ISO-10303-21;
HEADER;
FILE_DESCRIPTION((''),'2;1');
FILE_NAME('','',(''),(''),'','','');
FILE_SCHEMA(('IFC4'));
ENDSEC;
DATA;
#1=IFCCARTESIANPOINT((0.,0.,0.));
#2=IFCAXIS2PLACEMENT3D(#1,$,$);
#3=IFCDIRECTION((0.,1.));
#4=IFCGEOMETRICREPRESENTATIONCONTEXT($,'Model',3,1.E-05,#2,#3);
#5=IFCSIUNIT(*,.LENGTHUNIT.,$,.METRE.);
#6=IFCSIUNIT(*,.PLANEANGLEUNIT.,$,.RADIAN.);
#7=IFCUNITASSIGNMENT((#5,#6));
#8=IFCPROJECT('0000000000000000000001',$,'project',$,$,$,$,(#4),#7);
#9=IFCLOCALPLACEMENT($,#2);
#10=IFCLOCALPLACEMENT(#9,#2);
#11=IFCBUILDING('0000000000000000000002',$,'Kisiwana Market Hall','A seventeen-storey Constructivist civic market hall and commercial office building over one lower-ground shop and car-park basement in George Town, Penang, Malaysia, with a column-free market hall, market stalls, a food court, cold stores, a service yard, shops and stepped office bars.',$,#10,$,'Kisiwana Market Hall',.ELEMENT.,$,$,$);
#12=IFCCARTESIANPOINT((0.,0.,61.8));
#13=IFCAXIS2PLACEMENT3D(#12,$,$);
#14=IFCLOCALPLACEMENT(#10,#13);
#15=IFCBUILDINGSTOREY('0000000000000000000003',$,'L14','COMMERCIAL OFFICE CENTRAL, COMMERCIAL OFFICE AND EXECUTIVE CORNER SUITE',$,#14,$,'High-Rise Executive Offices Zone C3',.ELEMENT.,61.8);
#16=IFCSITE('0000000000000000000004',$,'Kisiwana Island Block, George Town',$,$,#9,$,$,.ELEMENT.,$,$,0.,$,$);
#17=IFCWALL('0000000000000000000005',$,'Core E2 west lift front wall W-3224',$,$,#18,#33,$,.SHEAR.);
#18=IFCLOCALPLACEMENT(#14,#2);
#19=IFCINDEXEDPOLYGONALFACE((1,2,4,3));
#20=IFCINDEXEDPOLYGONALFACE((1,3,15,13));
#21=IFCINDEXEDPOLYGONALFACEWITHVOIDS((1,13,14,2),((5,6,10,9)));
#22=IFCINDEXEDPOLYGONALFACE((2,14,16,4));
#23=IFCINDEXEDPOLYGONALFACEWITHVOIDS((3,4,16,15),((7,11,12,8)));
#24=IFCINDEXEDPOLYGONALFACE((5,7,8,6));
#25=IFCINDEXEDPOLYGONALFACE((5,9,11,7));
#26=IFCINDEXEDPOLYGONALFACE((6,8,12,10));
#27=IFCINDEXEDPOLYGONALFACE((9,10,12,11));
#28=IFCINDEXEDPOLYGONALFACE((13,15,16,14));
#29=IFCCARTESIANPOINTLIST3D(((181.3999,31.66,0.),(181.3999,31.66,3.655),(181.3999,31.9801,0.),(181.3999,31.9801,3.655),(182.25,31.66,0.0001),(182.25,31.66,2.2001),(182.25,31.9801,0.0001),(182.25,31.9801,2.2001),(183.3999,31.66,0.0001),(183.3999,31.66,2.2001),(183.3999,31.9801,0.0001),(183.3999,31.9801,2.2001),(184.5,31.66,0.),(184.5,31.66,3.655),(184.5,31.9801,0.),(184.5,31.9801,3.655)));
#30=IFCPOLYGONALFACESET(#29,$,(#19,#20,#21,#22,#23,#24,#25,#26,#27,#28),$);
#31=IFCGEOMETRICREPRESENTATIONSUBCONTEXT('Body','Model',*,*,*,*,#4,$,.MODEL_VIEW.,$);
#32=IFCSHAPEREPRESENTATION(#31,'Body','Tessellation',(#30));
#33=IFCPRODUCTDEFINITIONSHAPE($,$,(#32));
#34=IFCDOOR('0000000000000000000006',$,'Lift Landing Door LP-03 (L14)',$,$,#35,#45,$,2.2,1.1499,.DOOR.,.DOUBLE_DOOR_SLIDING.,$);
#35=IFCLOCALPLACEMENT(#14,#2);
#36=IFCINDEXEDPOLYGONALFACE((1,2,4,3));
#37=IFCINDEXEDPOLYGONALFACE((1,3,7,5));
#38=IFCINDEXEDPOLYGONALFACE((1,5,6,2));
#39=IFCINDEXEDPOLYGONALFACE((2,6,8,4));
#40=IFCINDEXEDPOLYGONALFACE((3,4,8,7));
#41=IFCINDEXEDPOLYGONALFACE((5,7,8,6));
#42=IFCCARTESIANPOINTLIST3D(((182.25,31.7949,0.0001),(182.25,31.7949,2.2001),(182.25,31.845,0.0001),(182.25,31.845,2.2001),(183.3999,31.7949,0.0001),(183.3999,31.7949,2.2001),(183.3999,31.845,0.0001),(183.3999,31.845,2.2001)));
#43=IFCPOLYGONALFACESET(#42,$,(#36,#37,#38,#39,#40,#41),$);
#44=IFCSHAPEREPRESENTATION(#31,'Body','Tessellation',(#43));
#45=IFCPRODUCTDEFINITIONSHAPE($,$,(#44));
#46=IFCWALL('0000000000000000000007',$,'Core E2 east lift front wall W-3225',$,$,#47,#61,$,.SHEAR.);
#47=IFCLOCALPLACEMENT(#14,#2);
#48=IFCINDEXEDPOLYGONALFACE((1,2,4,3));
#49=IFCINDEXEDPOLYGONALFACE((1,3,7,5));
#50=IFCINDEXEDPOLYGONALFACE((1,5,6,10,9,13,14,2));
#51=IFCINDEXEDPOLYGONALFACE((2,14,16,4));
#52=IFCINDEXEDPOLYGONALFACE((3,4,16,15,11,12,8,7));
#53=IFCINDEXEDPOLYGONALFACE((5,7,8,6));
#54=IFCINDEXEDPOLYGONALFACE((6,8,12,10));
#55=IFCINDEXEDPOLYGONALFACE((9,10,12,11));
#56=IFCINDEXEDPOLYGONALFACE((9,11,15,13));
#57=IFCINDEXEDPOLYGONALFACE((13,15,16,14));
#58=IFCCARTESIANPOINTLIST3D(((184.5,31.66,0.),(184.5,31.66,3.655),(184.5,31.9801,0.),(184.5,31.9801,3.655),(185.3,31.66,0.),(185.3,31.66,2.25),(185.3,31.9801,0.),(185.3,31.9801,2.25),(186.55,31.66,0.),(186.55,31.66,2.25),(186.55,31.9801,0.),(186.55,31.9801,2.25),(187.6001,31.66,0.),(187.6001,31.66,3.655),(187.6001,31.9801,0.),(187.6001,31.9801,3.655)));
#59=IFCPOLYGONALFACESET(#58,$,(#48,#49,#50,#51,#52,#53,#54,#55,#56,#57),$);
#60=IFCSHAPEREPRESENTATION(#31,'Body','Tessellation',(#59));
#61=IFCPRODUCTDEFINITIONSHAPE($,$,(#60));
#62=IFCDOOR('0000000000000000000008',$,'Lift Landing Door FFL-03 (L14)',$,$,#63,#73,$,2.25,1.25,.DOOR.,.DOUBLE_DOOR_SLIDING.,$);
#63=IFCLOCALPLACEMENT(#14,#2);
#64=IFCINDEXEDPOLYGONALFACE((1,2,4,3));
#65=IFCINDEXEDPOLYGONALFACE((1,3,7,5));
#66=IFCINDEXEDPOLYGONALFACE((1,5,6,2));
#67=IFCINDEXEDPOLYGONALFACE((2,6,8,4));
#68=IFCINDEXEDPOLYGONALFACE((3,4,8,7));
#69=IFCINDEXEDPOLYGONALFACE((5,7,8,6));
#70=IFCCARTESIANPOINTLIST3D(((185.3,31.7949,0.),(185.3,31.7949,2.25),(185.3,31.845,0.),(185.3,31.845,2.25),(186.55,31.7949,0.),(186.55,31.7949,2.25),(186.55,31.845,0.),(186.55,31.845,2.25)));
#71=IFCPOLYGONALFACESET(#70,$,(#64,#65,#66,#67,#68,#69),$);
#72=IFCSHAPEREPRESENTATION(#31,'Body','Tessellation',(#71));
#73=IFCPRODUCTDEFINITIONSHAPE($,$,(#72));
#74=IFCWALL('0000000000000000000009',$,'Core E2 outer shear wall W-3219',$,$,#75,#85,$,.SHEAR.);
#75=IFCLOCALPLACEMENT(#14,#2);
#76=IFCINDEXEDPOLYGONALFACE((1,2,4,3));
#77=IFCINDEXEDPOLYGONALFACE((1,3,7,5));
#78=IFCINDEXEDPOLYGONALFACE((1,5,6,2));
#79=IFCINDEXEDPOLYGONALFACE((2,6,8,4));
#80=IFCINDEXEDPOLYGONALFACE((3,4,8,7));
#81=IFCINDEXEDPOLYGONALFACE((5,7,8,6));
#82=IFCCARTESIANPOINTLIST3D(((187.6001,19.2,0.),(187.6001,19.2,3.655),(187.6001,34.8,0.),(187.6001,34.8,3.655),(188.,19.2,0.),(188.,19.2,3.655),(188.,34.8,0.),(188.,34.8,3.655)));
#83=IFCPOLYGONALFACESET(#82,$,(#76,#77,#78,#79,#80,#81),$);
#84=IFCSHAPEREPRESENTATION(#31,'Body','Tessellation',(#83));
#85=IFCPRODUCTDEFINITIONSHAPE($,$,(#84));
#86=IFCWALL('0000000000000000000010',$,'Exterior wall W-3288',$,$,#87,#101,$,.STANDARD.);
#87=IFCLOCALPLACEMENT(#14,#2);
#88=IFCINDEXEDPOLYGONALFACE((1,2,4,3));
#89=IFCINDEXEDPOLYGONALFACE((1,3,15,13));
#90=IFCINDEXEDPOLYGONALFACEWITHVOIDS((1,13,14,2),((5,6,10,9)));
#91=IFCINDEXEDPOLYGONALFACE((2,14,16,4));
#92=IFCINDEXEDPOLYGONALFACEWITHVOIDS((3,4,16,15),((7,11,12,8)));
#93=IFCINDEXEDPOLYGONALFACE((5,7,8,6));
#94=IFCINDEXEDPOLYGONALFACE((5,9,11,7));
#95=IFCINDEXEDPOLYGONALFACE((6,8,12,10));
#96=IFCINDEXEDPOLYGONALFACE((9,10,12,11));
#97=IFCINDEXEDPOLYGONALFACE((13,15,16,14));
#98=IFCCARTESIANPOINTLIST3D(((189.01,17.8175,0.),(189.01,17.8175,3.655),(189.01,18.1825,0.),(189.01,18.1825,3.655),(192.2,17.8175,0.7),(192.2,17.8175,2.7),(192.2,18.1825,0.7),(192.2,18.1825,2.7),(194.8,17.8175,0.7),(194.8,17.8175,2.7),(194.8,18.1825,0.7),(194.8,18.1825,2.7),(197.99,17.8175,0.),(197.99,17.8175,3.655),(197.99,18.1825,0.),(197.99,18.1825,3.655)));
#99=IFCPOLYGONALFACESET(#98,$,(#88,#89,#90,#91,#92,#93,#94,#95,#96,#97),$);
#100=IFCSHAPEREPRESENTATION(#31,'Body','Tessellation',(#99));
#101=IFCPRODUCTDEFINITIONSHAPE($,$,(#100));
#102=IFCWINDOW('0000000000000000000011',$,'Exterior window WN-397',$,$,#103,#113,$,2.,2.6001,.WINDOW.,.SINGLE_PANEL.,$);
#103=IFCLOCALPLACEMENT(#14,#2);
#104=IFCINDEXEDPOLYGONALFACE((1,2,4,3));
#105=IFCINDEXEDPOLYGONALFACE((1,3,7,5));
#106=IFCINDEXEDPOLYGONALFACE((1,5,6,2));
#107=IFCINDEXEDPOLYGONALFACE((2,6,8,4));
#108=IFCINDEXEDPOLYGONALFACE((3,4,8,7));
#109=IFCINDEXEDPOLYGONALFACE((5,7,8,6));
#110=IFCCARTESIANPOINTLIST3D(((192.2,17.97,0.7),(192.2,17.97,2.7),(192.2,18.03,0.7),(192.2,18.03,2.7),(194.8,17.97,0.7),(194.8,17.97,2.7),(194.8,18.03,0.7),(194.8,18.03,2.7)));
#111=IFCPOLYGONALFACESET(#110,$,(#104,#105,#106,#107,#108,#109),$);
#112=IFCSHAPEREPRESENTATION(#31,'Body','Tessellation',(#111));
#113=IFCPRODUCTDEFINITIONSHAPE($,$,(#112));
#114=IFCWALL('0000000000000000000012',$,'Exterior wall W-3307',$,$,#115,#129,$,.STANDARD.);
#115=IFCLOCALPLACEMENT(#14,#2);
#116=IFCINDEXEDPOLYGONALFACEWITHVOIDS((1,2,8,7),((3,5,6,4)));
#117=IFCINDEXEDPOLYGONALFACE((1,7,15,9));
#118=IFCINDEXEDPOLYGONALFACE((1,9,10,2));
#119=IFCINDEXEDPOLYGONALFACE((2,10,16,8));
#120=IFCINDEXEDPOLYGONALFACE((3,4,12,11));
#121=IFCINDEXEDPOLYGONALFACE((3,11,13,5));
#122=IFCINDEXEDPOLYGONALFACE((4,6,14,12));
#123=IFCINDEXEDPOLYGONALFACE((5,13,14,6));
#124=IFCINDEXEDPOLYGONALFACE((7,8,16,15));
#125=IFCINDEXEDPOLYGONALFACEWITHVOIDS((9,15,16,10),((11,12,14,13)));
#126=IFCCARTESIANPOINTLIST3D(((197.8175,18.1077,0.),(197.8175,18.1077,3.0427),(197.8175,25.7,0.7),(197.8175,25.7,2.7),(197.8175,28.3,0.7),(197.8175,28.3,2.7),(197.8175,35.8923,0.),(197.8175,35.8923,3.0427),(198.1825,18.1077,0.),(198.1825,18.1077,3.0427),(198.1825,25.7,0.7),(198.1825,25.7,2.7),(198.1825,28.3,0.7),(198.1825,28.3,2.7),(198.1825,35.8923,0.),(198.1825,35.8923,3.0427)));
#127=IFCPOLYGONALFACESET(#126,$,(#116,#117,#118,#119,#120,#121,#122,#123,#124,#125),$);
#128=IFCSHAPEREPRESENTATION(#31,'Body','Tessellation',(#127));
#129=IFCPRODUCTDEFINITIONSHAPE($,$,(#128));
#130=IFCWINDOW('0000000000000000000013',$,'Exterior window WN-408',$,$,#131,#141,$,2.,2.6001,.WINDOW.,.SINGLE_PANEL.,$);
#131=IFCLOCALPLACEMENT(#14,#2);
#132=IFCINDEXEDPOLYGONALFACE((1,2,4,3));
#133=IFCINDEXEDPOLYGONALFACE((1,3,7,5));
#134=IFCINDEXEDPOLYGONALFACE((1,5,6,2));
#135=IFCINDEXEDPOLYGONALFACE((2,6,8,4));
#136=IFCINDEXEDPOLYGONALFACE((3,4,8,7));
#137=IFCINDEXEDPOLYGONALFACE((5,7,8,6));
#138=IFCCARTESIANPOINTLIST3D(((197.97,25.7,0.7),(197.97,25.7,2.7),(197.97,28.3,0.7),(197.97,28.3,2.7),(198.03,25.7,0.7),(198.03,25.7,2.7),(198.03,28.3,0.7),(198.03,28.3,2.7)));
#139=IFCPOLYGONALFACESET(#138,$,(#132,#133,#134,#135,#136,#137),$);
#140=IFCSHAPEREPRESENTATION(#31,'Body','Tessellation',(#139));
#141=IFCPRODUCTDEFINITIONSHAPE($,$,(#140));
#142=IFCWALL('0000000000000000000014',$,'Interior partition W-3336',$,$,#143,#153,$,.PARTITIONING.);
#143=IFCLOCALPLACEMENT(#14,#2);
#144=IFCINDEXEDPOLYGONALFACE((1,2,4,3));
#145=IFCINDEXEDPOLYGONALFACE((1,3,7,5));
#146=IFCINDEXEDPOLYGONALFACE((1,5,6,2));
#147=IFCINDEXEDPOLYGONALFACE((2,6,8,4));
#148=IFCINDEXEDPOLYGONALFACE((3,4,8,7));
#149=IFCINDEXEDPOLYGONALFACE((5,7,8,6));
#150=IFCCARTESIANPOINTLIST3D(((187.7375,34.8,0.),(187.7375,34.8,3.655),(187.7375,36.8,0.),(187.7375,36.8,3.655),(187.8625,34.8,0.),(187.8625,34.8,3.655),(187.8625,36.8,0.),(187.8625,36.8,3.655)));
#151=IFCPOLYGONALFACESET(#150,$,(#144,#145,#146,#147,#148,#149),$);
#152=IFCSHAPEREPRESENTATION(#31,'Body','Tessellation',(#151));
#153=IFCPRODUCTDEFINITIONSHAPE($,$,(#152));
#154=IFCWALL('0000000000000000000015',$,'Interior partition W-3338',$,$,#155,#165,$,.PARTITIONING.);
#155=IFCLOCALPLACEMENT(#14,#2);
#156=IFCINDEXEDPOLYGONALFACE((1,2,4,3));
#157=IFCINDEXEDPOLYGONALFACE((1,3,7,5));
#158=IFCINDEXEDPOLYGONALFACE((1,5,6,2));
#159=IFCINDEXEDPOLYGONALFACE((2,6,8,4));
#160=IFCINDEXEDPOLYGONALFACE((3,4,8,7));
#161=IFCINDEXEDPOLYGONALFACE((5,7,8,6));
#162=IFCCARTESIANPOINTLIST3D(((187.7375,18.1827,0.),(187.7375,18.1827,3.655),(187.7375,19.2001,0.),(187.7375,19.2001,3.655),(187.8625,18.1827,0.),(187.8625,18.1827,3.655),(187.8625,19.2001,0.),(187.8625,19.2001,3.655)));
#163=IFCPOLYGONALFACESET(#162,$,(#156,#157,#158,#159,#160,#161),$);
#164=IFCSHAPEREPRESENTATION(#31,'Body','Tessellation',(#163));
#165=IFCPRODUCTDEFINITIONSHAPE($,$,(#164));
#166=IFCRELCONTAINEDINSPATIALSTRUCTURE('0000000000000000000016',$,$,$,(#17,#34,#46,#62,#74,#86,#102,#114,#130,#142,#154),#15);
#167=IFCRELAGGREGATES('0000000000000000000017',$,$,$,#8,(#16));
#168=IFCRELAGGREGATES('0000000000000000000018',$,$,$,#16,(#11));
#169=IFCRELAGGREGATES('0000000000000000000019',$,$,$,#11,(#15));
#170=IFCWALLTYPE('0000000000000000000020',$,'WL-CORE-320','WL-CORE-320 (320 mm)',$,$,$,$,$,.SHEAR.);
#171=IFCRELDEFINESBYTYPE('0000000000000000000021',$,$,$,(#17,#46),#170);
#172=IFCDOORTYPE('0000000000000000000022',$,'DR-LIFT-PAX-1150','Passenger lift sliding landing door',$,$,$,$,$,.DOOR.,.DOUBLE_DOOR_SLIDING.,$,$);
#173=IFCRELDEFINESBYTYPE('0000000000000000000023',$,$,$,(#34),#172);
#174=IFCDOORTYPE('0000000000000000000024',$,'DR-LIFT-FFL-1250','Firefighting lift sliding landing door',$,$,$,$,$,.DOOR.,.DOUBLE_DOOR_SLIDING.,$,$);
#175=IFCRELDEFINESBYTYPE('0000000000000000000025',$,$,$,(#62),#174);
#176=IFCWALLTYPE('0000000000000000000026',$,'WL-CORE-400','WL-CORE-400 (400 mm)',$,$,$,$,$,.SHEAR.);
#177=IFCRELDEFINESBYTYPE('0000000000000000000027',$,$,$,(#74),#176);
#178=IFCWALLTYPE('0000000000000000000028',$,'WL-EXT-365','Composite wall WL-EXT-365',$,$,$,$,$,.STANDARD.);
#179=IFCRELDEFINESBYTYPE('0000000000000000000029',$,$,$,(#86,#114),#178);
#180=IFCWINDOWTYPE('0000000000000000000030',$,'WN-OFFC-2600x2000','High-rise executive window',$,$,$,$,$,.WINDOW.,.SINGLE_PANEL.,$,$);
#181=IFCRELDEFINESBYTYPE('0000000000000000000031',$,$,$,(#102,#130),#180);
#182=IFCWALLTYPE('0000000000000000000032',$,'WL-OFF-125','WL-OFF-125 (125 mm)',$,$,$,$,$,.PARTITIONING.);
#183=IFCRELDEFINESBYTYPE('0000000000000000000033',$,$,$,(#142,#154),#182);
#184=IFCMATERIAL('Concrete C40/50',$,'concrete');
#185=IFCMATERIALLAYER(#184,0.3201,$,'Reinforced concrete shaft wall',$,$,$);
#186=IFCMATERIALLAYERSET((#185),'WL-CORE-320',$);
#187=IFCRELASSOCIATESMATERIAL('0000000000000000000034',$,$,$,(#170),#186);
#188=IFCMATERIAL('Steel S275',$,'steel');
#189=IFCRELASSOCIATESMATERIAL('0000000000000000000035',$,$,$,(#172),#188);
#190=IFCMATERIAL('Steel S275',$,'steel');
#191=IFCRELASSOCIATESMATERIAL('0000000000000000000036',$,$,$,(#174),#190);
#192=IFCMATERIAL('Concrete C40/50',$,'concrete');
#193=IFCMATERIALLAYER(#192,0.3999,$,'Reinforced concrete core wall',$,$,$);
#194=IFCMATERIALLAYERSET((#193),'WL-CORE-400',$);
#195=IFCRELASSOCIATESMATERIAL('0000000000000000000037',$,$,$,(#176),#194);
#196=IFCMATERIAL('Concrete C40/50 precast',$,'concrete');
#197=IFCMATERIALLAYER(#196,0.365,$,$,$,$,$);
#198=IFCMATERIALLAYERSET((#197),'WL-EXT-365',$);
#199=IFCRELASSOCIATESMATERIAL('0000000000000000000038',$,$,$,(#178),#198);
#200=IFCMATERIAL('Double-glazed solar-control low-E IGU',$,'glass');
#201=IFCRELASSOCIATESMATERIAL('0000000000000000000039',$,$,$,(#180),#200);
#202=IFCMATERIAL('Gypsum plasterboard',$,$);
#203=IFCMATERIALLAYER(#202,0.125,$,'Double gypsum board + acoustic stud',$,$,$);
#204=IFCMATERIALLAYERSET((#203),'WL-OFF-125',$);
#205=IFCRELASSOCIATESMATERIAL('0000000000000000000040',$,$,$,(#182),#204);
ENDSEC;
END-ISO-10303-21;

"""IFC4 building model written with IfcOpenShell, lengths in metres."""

from ifc_helpers import new_model, si_unit, direction, frame, frame_2d, origin, place, context, subcontext, project, spatial, rectangle, extrude, material, layer, layer_set, type_object, element, fill, save


model = new_model("IFC4")

# Units and contexts
model_context = context("Model", 3, precision=1e-05, world=origin(), true_north=direction((0.0, 1.0)))
body_context = subcontext(model_context, "Body", "Model", "MODEL_VIEW")
ifc_project = project(units=[si_unit("LENGTHUNIT", "METRE"), si_unit("PLANEANGLEUNIT", "RADIAN")], contexts=[model_context])

# Site, building, storey
site_placement = place(None, origin())
site = spatial("IfcSite", under=ifc_project, at=site_placement, Name="Kisiwana Island Block, George Town", CompositionType="ELEMENT", RefElevation=0.0)
building_placement = place(site_placement, origin())
building = spatial("IfcBuilding", under=site, at=building_placement, Name="Kisiwana Market Hall", Description="A seventeen-storey Constructivist civic market hall and commercial office building over one lower-ground shop and car-park basement in George Town, Penang, Malaysia, with a column-free market hall, market stalls, a food court, cold stores, a service yard, shops and stepped office bars.", LongName="Kisiwana Market Hall", CompositionType="ELEMENT")
storey_placement = place(building_placement, frame((0.0, 0.0, 61.8)))
storey = spatial("IfcBuildingStorey", under=building, at=storey_placement, Name="L14", Description="COMMERCIAL OFFICE CENTRAL, COMMERCIAL OFFICE AND EXECUTIVE CORNER SUITE", LongName="High-Rise Executive Offices Zone C3", CompositionType="ELEMENT", Elevation=61.8)

# Shared definitions
ifc_material_1 = material(Name="Concrete C40/50", Category="concrete")
ifc_layer_1 = layer(ifc_material_1, 0.3201, Name="Reinforced concrete shaft wall")
ifc_layer_set_1 = layer_set([ifc_layer_1], Name="WL-CORE-320")
wall_type_1 = type_object("IfcWallType", Name="WL-CORE-320", Description="WL-CORE-320 (320 mm)", PredefinedType="SHEAR", material=ifc_layer_set_1)

# Walls, openings, doors
wall_1_placement = place(storey_placement, frame((181.3999, 31.8201, 0.0), z_axis=(0.0, 0.0, 1.0), x_axis=(1.0, 0.0, 0.0)))
wall_1 = element("IfcWall", 1, at=wall_1_placement, inside=storey, type_object=wall_type_1, Name="Core E2 west lift front wall W-3224", PredefinedType="SHEAR", context=body_context, shape_type="SweptSolid", body=[
    extrude(rectangle(XDim=3.1001, YDim=0.3201, at=frame_2d((1.55, 0.0))), origin(), (0.0, 0.0, 1.0), 3.655),
])
opening_1_placement = place(wall_1_placement, frame((0.8501, 0.0, 0.0)))
opening_1 = element("IfcOpeningElement", 2, at=opening_1_placement, cuts=wall_1, PredefinedType="OPENING", context=body_context, shape_type="SweptSolid", body=[
    extrude(rectangle(XDim=1.1499, YDim=2.2, at=frame_2d((0.575, 1.1001))), frame((0.0, 0.1719, 0.0), z_axis=(0.0, -1.0, 0.0), x_axis=(1.0, 0.0, 0.0)), (0.0, 0.0, 1.0), 0.344),
])
ifc_material_2 = material(Name="Steel S275", Category="steel")
door_type_1 = type_object("IfcDoorType", Name="DR-LIFT-PAX-1150", Description="Passenger lift sliding landing door", OperationType="DOUBLE_DOOR_SLIDING", PredefinedType="DOOR", material=ifc_material_2)
door_1_placement = place(opening_1_placement, origin())
door_1 = element("IfcDoor", 3, at=door_1_placement, inside=storey, type_object=door_type_1, Name="Lift Landing Door LP-03 (L14)", OperationType="DOUBLE_DOOR_SLIDING", OverallHeight=2.2, OverallWidth=1.1499, PredefinedType="DOOR", context=body_context, shape_type="SweptSolid", body=[
    extrude(rectangle(XDim=1.1499, YDim=2.2, at=frame_2d((0.575, 1.1001))), frame((0.0, 0.0249, 0.0), z_axis=(0.0, -1.0, 0.0), x_axis=(1.0, 0.0, 0.0)), (0.0, 0.0, 1.0), 0.05),
])
fill(opening_1, door_1)
wall_2_placement = place(storey_placement, frame((184.5, 31.8201, 0.0), z_axis=(0.0, 0.0, 1.0), x_axis=(1.0, 0.0, 0.0)))
wall_2 = element("IfcWall", 4, at=wall_2_placement, inside=storey, type_object=wall_type_1, Name="Core E2 east lift front wall W-3225", PredefinedType="SHEAR", context=body_context, shape_type="SweptSolid", body=[
    extrude(rectangle(XDim=3.1001, YDim=0.3201, at=frame_2d((1.55, 0.0))), origin(), (0.0, 0.0, 1.0), 3.655),
])
opening_2_placement = place(wall_2_placement, frame((0.8, 0.0, 0.0)))
opening_2 = element("IfcOpeningElement", 5, at=opening_2_placement, cuts=wall_2, PredefinedType="OPENING", context=body_context, shape_type="SweptSolid", body=[
    extrude(rectangle(XDim=1.25, YDim=2.25, at=frame_2d((0.625, 1.125))), frame((0.0, 0.1719, 0.0), z_axis=(0.0, -1.0, 0.0), x_axis=(1.0, 0.0, 0.0)), (0.0, 0.0, 1.0), 0.344),
])
ifc_material_3 = material(Name="Steel S275", Category="steel")
door_type_2 = type_object("IfcDoorType", Name="DR-LIFT-FFL-1250", Description="Firefighting lift sliding landing door", OperationType="DOUBLE_DOOR_SLIDING", PredefinedType="DOOR", material=ifc_material_3)
door_2_placement = place(opening_2_placement, origin())
door_2 = element("IfcDoor", 6, at=door_2_placement, inside=storey, type_object=door_type_2, Name="Lift Landing Door FFL-03 (L14)", OperationType="DOUBLE_DOOR_SLIDING", OverallHeight=2.25, OverallWidth=1.25, PredefinedType="DOOR", context=body_context, shape_type="SweptSolid", body=[
    extrude(rectangle(XDim=1.25, YDim=2.25, at=frame_2d((0.625, 1.125))), frame((0.0, 0.0249, 0.0), z_axis=(0.0, -1.0, 0.0), x_axis=(1.0, 0.0, 0.0)), (0.0, 0.0, 1.0), 0.05),
])
fill(opening_2, door_2)

# Wall
ifc_material_4 = material(Name="Concrete C40/50", Category="concrete")
ifc_layer_2 = layer(ifc_material_4, 0.3999, Name="Reinforced concrete core wall")
ifc_layer_set_2 = layer_set([ifc_layer_2], Name="WL-CORE-400")
wall_type_2 = type_object("IfcWallType", Name="WL-CORE-400", Description="WL-CORE-400 (400 mm)", PredefinedType="SHEAR", material=ifc_layer_set_2)
wall_3_placement = place(storey_placement, frame((187.8, 19.2, 0.0), z_axis=(0.0, 0.0, 1.0), x_axis=(0.0, 1.0, 0.0)))
element("IfcWall", 7, at=wall_3_placement, inside=storey, type_object=wall_type_2, Name="Core E2 outer shear wall W-3219", PredefinedType="SHEAR", context=body_context, shape_type="SweptSolid", body=[
    extrude(rectangle(XDim=15.6001, YDim=0.3999, at=frame_2d((7.8, 0.0))), origin(), (0.0, 0.0, 1.0), 3.655),
])

# Walls, openings, windows
ifc_material_5 = material(Name="Concrete C40/50 precast", Category="concrete")
ifc_layer_3 = layer(ifc_material_5, 0.365)
ifc_layer_set_3 = layer_set([ifc_layer_3], Name="WL-EXT-365")
wall_type_3 = type_object("IfcWallType", Name="WL-EXT-365", Description="Composite wall WL-EXT-365", PredefinedType="STANDARD", material=ifc_layer_set_3)
wall_4_placement = place(storey_placement, frame((189.01, 18.0, 0.0), z_axis=(0.0, 0.0, 1.0), x_axis=(1.0, 0.0, 0.0)))
wall_4 = element("IfcWall", 8, at=wall_4_placement, inside=storey, type_object=wall_type_3, Name="Exterior wall W-3288", PredefinedType="STANDARD", context=body_context, shape_type="SweptSolid", body=[
    extrude(rectangle(XDim=8.98, YDim=0.365, at=frame_2d((4.49, 0.0))), origin(), (0.0, 0.0, 1.0), 3.655),
])
opening_3_placement = place(wall_4_placement, frame((3.1899, 0.0, 0.7)))
opening_3 = element("IfcOpeningElement", 9, at=opening_3_placement, cuts=wall_4, PredefinedType="OPENING", context=body_context, shape_type="SweptSolid", body=[
    extrude(rectangle(XDim=2.6001, YDim=2.0, at=frame_2d((1.3, 1.0))), frame((0.0, 0.1943, 0.0), z_axis=(0.0, -1.0, 0.0), x_axis=(1.0, 0.0, 0.0)), (0.0, 0.0, 1.0), 0.3889),
])
ifc_material_6 = material(Name="Double-glazed solar-control low-E IGU", Category="glass")
window_type = type_object("IfcWindowType", Name="WN-OFFC-2600x2000", Description="High-rise executive window", PartitioningType="SINGLE_PANEL", PredefinedType="WINDOW", material=ifc_material_6)
window_1_placement = place(opening_3_placement, origin())
window_1 = element("IfcWindow", 10, at=window_1_placement, inside=storey, type_object=window_type, Name="Exterior window WN-397", OverallHeight=2.0, OverallWidth=2.6001, PartitioningType="SINGLE_PANEL", PredefinedType="WINDOW", context=body_context, shape_type="SweptSolid", body=[
    extrude(rectangle(XDim=2.6001, YDim=2.0, at=frame_2d((1.3, 1.0))), frame((0.0, 0.03, 0.0), z_axis=(0.0, -1.0, 0.0), x_axis=(1.0, 0.0, 0.0)), (0.0, 0.0, 1.0), 0.0601),
])
fill(opening_3, window_1)
wall_5_placement = place(storey_placement, frame((198.0, 18.1077, 0.0), z_axis=(0.0, 0.0, 1.0), x_axis=(0.0, 1.0, 0.0)))
wall_5 = element("IfcWall", 11, at=wall_5_placement, inside=storey, type_object=wall_type_3, Name="Exterior wall W-3307", PredefinedType="STANDARD", context=body_context, shape_type="SweptSolid", body=[
    extrude(rectangle(XDim=17.7847, YDim=0.365, at=frame_2d((8.8923, 0.0))), origin(), (0.0, 0.0, 1.0), 3.0427),
])
opening_4_placement = place(wall_5_placement, frame((7.5923, 0.0, 0.7)))
opening_4 = element("IfcOpeningElement", 12, at=opening_4_placement, cuts=wall_5, PredefinedType="OPENING", context=body_context, shape_type="SweptSolid", body=[
    extrude(rectangle(XDim=2.6001, YDim=2.0, at=frame_2d((1.3, 1.0))), frame((0.0, 0.1943, 0.0), z_axis=(0.0, -1.0, 0.0), x_axis=(1.0, 0.0, 0.0)), (0.0, 0.0, 1.0), 0.3889),
])
window_2_placement = place(opening_4_placement, origin())
window_2 = element("IfcWindow", 13, at=window_2_placement, inside=storey, type_object=window_type, Name="Exterior window WN-408", OverallHeight=2.0, OverallWidth=2.6001, PartitioningType="SINGLE_PANEL", PredefinedType="WINDOW", context=body_context, shape_type="SweptSolid", body=[
    extrude(rectangle(XDim=2.6001, YDim=2.0, at=frame_2d((1.3, 1.0))), frame((0.0, 0.03, 0.0), z_axis=(0.0, -1.0, 0.0), x_axis=(1.0, 0.0, 0.0)), (0.0, 0.0, 1.0), 0.0601),
])
fill(opening_4, window_2)

# Walls
ifc_material_7 = material(Name="Gypsum plasterboard")
ifc_layer_4 = layer(ifc_material_7, 0.125, Name="Double gypsum board + acoustic stud")
ifc_layer_set_4 = layer_set([ifc_layer_4], Name="WL-OFF-125")
wall_type_4 = type_object("IfcWallType", Name="WL-OFF-125", Description="WL-OFF-125 (125 mm)", PredefinedType="PARTITIONING", material=ifc_layer_set_4)
wall_6_placement = place(storey_placement, frame((187.8, 34.8, 0.0), z_axis=(0.0, 0.0, 1.0), x_axis=(0.0, 1.0, 0.0)))
element("IfcWall", 14, at=wall_6_placement, inside=storey, type_object=wall_type_4, Name="Interior partition W-3336", PredefinedType="PARTITIONING", context=body_context, shape_type="SweptSolid", body=[
    extrude(rectangle(XDim=2.0, YDim=0.125, at=frame_2d((1.0, 0.0))), origin(), (0.0, 0.0, 1.0), 3.655),
])
wall_7_placement = place(storey_placement, frame((187.8, 18.1826, 0.0), z_axis=(0.0, 0.0, 1.0), x_axis=(0.0, 1.0, 0.0)))
element("IfcWall", 15, at=wall_7_placement, inside=storey, type_object=wall_type_4, Name="Interior partition W-3338", PredefinedType="PARTITIONING", context=body_context, shape_type="SweptSolid", body=[
    extrude(rectangle(XDim=1.0173, YDim=0.125, at=frame_2d((0.5088, 0.0))), origin(), (0.0, 0.0, 1.0), 3.655),
])

save(model, "model.ifc")
